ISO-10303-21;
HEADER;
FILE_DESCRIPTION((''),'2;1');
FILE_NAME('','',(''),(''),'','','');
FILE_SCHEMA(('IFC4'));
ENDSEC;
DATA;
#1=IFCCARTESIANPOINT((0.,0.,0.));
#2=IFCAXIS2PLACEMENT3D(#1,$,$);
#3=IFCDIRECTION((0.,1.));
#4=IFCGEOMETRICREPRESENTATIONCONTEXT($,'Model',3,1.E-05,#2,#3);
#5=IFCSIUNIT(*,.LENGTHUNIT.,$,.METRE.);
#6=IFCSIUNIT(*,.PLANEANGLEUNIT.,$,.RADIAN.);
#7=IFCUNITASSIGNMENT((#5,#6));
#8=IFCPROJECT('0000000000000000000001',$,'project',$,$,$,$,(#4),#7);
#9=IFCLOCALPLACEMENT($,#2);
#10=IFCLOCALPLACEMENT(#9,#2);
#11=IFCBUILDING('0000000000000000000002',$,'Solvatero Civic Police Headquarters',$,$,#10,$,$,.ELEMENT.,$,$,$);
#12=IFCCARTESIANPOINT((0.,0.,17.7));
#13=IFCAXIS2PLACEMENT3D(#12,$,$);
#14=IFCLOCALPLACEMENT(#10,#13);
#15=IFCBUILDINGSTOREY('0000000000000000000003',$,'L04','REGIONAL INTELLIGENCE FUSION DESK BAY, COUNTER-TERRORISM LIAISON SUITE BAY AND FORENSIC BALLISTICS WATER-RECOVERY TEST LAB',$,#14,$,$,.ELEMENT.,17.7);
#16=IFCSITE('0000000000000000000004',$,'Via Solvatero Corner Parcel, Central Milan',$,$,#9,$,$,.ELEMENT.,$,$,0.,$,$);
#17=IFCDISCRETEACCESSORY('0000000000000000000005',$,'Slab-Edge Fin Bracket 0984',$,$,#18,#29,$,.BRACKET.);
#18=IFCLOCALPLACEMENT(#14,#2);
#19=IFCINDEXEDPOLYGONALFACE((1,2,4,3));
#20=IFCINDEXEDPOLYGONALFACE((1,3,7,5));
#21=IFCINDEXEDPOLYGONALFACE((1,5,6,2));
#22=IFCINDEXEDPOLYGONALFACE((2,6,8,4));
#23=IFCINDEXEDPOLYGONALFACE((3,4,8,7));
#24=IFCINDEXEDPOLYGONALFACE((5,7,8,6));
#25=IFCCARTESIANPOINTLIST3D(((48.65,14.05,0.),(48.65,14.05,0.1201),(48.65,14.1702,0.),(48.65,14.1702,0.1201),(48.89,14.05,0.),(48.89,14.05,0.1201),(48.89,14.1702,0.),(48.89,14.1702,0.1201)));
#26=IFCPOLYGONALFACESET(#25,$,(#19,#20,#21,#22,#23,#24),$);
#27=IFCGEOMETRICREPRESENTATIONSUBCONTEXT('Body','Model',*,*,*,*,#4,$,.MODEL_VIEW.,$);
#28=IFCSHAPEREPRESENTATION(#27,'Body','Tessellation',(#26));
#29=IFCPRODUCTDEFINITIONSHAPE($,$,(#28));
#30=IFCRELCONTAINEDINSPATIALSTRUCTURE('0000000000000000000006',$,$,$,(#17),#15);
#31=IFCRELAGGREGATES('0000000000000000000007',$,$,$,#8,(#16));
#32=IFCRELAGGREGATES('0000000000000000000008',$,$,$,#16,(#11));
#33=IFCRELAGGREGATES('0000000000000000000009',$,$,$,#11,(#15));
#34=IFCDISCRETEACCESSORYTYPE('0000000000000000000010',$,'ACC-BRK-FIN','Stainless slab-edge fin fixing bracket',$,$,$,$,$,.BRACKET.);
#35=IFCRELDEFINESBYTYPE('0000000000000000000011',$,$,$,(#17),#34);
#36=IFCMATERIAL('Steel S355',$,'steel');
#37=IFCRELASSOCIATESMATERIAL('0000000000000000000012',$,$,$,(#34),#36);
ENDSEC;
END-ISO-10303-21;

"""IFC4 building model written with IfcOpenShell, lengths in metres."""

from ifc_helpers import new_model, si_unit, direction, frame, origin, origin_2d, place, context, subcontext, project, spatial, rectangle, extrude, material, type_object, element, save


model = new_model("IFC4")

# Units and contexts
model_context = context("Model", 3, precision=1e-05, world=origin(), true_north=direction((0.0, 1.0)))
body_context = subcontext(model_context, "Body", "Model", "MODEL_VIEW")
ifc_project = project(units=[si_unit("LENGTHUNIT", "METRE"), si_unit("PLANEANGLEUNIT", "RADIAN")], contexts=[model_context])

# Site, building, storey
site_placement = place(None, origin())
site = spatial("IfcSite", under=ifc_project, at=site_placement, Name="Via Solvatero Corner Parcel, Central Milan", CompositionType="ELEMENT", RefElevation=0.0)
building_placement = place(site_placement, origin())
building = spatial("IfcBuilding", under=site, at=building_placement, Name="Solvatero Civic Police Headquarters", CompositionType="ELEMENT")
storey_placement = place(building_placement, frame((0.0, 0.0, 17.7)))
storey = spatial("IfcBuildingStorey", under=building, at=storey_placement, Name="L04", Description="REGIONAL INTELLIGENCE FUSION DESK BAY, COUNTER-TERRORISM LIAISON SUITE BAY AND FORENSIC BALLISTICS WATER-RECOVERY TEST LAB", CompositionType="ELEMENT", Elevation=17.7)

# Shared definitions
ifc_material_1 = material(Name="Steel S355", Category="steel")

# Discrete accessory
discrete_accessory_type = type_object("IfcDiscreteAccessoryType", Name="ACC-BRK-FIN", Description="Stainless slab-edge fin fixing bracket", PredefinedType="BRACKET", material=ifc_material_1)
discrete_accessory_placement = place(storey_placement, frame((48.77, 14.1101, 0.0), z_axis=(0.0, 0.0, 1.0), x_axis=(0.0, 1.0, 0.0)))
element("IfcDiscreteAccessory", 1, at=discrete_accessory_placement, inside=storey, type_object=discrete_accessory_type, Name="Slab-Edge Fin Bracket 0984", PredefinedType="BRACKET", context=body_context, shape_type="SweptSolid", body=[
    extrude(rectangle(XDim=0.1201, YDim=0.24, at=origin_2d()), origin(), (0.0, 0.0, 1.0), 0.1201),
])

save(model, "model.ifc")
